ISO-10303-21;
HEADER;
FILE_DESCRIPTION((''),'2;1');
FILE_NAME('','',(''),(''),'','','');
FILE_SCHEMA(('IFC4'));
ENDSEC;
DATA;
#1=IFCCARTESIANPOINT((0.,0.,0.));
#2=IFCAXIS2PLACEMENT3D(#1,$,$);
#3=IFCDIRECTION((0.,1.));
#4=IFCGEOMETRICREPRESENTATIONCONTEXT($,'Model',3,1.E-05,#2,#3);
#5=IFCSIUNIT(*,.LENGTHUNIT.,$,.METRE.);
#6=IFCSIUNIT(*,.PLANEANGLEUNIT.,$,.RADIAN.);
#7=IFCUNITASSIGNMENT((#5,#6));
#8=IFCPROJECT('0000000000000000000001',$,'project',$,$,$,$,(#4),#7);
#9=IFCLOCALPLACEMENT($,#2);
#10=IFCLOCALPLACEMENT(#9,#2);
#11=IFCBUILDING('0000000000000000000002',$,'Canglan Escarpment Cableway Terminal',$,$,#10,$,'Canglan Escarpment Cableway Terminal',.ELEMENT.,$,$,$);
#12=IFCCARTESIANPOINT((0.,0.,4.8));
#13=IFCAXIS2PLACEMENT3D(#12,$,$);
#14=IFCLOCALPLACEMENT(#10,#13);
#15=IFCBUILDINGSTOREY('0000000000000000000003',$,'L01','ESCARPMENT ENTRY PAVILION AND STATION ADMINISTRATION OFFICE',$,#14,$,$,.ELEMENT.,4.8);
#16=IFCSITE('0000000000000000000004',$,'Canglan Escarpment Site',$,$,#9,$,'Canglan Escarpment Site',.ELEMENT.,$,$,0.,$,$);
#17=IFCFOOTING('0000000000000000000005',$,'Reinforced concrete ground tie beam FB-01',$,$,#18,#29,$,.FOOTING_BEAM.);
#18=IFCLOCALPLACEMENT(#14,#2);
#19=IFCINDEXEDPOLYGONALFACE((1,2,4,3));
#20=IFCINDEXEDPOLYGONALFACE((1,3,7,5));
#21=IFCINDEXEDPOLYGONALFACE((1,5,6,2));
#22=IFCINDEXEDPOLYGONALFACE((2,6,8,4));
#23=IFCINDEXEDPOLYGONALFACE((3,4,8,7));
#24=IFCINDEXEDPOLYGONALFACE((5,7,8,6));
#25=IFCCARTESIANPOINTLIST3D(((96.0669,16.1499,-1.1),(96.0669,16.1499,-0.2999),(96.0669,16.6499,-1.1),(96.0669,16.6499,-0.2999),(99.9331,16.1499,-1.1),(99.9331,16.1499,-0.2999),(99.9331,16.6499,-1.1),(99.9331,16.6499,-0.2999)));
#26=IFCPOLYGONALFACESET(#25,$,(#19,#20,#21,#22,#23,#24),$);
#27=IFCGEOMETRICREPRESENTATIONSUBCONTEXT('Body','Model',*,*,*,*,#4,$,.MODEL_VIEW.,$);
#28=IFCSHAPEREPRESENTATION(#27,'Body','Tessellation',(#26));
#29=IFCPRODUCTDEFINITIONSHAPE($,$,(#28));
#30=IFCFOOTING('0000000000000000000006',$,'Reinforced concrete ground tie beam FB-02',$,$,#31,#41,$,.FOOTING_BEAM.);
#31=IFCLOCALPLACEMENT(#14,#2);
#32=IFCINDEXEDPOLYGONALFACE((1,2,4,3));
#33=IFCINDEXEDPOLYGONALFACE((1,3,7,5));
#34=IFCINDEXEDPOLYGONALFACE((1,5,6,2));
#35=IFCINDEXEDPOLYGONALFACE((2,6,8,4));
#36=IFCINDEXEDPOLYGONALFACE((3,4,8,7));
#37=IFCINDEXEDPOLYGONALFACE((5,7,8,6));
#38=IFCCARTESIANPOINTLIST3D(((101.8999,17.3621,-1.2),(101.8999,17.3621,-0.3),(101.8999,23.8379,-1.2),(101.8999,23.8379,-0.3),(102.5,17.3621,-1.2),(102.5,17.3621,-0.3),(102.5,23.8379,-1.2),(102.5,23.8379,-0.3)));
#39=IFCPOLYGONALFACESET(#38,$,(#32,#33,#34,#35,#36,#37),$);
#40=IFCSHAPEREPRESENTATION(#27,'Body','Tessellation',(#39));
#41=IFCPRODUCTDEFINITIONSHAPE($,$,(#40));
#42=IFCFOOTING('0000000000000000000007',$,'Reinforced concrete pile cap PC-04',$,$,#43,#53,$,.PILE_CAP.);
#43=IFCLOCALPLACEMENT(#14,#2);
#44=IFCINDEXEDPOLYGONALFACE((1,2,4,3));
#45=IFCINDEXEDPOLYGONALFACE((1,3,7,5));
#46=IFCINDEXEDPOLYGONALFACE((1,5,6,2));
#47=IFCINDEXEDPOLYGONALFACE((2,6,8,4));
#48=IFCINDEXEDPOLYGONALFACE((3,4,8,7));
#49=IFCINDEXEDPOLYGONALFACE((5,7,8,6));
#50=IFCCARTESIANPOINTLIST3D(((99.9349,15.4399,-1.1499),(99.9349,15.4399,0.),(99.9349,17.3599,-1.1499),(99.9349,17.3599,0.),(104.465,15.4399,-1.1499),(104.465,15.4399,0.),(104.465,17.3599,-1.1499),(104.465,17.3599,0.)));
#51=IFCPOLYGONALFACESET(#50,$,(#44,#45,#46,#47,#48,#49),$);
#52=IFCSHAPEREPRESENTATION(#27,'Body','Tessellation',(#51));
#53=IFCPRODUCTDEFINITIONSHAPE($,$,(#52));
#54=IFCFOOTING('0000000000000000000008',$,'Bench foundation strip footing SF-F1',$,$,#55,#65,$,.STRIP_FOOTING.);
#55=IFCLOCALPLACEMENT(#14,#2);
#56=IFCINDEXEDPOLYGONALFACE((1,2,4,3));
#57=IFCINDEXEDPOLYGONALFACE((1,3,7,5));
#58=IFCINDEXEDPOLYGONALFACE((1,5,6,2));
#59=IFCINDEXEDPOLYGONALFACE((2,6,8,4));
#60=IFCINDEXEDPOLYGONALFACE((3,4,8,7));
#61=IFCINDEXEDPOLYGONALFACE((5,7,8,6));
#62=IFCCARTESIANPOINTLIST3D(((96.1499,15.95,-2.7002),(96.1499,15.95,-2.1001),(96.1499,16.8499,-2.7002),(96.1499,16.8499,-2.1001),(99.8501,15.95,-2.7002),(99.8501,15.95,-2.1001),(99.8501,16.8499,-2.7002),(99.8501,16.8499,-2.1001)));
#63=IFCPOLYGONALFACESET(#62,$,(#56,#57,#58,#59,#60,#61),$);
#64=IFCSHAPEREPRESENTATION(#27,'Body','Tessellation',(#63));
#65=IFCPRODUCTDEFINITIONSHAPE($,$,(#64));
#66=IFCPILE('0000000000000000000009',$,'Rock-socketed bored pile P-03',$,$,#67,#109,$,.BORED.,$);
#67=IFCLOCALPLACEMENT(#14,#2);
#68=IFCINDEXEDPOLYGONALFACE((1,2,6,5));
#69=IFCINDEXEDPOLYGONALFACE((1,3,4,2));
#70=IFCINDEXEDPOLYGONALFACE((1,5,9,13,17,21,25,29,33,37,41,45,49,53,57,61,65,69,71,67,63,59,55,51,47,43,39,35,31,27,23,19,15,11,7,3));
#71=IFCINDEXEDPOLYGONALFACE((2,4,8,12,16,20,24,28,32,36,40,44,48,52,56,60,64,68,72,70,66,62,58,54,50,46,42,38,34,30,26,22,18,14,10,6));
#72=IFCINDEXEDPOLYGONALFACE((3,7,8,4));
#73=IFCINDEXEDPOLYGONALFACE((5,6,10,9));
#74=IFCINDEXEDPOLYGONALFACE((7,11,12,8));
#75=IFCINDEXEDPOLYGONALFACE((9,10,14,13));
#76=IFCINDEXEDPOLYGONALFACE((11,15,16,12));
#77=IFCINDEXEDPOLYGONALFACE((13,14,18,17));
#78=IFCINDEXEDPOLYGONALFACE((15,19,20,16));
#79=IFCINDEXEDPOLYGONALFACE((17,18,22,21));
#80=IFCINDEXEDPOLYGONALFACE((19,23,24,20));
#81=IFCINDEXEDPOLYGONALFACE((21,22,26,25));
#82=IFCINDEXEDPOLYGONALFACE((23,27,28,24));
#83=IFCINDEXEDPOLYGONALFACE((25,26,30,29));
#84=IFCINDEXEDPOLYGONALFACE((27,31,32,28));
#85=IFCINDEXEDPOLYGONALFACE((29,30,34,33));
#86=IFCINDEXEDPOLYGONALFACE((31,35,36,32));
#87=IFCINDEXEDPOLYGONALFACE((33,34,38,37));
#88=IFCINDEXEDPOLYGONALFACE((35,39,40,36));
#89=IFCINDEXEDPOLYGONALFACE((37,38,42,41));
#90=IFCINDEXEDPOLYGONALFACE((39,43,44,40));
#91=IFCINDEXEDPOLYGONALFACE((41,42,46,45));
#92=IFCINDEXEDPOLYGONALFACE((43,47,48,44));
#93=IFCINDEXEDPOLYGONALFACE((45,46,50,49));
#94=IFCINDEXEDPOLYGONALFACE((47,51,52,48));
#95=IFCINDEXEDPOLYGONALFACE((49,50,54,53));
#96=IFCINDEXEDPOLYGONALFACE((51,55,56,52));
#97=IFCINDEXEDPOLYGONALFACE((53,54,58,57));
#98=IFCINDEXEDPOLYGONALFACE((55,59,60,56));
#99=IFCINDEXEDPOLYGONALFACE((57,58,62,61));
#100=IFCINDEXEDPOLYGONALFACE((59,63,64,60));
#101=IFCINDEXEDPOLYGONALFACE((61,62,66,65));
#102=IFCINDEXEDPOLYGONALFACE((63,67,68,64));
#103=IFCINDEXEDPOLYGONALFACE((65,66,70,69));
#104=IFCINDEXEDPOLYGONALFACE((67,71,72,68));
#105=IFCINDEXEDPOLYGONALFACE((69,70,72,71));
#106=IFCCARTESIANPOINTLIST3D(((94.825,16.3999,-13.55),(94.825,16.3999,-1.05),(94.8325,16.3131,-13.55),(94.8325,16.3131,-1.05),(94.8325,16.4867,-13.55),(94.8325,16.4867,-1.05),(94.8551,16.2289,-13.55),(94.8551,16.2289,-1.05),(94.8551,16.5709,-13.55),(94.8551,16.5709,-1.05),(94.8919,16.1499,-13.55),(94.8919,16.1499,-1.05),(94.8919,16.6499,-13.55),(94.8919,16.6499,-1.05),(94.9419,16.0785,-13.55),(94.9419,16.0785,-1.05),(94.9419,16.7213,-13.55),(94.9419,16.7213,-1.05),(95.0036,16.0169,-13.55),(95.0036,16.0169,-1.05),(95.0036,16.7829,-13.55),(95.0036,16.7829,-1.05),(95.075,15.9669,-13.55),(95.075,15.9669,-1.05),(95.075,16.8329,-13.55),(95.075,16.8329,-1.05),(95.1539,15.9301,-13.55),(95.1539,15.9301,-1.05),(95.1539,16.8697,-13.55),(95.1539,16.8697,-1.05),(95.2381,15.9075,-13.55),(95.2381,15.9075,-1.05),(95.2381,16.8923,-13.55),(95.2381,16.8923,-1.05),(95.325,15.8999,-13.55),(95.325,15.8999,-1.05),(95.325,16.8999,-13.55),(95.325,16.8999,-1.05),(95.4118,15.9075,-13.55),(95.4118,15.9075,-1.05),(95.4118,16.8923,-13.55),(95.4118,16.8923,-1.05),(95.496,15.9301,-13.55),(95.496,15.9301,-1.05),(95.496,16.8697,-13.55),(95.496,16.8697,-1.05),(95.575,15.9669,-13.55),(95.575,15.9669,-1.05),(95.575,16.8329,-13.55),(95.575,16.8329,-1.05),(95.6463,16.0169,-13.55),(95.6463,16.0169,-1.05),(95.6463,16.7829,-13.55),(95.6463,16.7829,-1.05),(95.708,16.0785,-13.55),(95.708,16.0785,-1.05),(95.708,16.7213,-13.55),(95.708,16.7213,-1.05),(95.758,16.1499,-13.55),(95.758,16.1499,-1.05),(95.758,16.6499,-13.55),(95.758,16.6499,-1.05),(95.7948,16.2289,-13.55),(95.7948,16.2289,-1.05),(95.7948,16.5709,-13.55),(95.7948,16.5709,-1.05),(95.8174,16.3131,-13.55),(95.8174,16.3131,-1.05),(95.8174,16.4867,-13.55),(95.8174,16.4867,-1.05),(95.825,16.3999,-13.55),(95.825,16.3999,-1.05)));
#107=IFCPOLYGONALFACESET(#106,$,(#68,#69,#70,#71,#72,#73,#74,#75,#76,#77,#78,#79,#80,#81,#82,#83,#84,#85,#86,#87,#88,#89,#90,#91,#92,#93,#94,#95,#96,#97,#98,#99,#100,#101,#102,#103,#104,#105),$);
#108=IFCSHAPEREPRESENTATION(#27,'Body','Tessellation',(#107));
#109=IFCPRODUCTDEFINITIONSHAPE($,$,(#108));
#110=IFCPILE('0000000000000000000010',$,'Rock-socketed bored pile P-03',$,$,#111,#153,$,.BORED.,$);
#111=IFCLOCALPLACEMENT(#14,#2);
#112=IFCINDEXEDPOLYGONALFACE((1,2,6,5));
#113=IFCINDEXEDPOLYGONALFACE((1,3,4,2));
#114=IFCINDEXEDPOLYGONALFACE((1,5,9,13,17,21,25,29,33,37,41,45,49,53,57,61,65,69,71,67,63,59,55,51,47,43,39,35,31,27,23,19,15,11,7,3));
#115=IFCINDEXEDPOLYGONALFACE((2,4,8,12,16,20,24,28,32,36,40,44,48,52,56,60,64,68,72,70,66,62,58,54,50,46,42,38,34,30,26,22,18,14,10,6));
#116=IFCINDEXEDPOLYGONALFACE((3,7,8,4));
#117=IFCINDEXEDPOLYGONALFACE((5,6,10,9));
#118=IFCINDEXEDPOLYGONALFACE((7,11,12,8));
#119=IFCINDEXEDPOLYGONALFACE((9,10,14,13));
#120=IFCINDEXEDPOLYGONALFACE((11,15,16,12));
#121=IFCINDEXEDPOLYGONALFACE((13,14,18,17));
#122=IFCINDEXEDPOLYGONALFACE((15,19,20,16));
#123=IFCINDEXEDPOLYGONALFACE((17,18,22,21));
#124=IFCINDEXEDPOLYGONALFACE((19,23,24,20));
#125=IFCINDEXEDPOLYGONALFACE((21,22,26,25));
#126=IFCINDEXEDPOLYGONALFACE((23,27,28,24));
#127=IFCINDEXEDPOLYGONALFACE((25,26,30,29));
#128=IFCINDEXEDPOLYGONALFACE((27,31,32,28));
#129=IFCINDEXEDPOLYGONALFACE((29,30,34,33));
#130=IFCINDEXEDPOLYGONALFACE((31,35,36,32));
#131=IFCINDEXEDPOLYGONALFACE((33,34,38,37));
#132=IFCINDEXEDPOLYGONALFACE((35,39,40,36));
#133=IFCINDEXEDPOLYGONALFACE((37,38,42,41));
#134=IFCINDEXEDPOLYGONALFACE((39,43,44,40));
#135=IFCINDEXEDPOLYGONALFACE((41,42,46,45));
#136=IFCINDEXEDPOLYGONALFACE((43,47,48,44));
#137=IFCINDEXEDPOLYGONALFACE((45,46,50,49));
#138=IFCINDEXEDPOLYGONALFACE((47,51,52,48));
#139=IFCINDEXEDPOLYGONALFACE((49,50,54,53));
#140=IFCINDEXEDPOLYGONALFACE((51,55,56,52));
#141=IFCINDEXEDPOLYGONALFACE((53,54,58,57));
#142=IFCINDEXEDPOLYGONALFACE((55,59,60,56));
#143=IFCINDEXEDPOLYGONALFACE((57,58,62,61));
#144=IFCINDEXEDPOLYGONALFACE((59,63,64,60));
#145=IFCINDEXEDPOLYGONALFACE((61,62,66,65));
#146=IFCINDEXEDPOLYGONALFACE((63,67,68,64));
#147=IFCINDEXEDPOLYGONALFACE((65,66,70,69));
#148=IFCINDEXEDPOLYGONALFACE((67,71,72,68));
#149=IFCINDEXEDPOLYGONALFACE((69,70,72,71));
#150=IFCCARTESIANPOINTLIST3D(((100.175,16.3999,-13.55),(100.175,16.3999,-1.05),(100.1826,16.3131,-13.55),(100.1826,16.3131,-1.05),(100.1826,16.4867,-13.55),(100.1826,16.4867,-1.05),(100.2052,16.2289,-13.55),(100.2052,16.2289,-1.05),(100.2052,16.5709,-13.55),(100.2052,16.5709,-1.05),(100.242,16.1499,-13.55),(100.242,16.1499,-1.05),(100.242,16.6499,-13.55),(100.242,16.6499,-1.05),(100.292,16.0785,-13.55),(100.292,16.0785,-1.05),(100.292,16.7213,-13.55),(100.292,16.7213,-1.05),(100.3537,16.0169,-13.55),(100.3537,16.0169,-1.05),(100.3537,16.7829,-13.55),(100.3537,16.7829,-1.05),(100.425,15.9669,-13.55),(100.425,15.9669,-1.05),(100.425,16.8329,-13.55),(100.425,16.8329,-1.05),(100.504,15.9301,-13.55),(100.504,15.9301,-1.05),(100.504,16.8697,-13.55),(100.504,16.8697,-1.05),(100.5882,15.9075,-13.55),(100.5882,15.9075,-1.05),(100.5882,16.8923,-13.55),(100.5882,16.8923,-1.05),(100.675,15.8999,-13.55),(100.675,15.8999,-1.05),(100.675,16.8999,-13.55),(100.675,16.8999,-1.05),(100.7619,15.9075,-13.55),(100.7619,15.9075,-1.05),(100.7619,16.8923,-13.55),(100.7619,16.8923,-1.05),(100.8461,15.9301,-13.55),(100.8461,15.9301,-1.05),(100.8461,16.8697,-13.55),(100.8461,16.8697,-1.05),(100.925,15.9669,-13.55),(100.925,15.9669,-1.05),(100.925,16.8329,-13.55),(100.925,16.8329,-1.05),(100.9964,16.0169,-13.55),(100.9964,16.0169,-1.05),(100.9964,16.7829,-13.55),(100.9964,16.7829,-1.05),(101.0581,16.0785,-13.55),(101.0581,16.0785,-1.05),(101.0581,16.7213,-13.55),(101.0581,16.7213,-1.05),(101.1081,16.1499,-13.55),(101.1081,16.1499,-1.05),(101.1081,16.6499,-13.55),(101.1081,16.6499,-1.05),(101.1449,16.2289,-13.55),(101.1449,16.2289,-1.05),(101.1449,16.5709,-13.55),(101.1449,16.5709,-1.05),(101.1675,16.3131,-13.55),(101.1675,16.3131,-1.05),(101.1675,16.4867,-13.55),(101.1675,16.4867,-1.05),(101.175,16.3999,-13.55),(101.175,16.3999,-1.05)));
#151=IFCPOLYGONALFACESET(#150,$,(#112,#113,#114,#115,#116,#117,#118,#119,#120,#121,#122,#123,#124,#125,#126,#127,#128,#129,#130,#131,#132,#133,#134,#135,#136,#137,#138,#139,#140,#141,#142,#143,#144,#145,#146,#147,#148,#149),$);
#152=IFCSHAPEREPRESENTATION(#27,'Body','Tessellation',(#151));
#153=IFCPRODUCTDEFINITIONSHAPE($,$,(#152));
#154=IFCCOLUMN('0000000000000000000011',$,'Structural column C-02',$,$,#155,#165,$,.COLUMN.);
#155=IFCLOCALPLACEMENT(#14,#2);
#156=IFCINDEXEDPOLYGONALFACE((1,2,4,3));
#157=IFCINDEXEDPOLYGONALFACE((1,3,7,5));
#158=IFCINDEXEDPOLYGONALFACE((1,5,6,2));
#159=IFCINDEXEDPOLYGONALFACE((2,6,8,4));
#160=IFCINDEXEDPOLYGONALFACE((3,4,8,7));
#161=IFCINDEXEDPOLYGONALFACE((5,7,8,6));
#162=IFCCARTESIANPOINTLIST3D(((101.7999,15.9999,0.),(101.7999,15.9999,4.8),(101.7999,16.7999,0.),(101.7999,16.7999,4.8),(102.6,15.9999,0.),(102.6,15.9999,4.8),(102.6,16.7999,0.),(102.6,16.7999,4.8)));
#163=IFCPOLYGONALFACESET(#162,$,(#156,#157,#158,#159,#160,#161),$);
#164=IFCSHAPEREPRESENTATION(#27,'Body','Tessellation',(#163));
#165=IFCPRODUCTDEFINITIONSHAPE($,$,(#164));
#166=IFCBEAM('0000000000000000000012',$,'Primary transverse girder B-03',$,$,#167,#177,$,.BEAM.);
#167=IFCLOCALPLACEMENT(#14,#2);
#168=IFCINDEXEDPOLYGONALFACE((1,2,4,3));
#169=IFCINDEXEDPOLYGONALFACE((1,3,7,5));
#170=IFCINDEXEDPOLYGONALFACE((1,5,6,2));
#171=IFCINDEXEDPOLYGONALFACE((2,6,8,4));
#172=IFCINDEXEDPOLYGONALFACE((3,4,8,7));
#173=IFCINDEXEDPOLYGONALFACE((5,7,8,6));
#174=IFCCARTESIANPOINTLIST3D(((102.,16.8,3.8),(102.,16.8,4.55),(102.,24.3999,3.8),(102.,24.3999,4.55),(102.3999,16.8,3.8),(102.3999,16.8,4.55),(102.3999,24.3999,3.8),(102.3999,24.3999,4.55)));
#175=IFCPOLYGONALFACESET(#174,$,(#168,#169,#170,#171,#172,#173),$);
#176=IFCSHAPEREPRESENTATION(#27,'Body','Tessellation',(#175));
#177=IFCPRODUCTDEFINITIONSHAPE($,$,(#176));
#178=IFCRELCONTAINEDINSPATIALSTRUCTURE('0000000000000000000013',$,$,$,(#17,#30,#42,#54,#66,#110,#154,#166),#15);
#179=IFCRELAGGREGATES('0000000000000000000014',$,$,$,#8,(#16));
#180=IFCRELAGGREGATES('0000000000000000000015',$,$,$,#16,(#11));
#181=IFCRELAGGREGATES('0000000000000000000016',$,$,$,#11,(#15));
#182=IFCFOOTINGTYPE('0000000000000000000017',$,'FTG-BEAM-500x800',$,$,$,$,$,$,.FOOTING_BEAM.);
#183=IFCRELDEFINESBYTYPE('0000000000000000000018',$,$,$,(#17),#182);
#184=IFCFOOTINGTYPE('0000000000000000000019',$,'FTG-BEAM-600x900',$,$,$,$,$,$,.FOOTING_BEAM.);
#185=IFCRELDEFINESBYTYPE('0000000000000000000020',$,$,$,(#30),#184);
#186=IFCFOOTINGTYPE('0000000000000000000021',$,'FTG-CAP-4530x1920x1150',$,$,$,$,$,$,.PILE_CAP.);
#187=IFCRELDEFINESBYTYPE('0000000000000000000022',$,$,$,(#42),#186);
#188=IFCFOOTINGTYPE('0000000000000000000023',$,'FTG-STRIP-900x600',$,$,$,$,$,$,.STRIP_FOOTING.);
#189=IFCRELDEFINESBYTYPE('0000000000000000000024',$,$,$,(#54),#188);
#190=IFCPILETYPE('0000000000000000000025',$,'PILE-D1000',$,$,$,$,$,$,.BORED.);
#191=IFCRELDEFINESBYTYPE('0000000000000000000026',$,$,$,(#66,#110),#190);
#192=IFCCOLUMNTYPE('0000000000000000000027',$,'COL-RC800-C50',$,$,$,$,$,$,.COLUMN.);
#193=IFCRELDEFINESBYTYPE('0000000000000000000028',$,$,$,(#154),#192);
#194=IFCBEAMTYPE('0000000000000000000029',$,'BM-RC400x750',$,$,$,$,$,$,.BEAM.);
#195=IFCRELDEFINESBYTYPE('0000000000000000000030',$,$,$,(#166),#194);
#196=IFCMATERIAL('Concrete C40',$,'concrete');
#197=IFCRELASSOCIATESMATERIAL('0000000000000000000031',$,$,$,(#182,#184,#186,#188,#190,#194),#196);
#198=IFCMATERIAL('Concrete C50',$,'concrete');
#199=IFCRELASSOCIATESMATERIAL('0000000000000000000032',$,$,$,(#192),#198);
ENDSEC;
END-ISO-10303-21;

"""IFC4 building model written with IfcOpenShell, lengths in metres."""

from ifc_helpers import new_model, si_unit, direction, frame, origin, origin_2d, place, context, subcontext, project, spatial, rectangle, circle, extrude, material, material_profile, profile_set, type_object, element, save


model = new_model("IFC4")

# Units and contexts
model_context = context("Model", 3, precision=1e-05, world=origin(), true_north=direction((0.0, 1.0)))
body_context = subcontext(model_context, "Body", "Model", "MODEL_VIEW")
ifc_project = project(units=[si_unit("LENGTHUNIT", "METRE"), si_unit("PLANEANGLEUNIT", "RADIAN")], contexts=[model_context])

# Site, building, storey
site_placement = place(None, origin())
site = spatial("IfcSite", under=ifc_project, at=site_placement, Name="Canglan Escarpment Site", LongName="Canglan Escarpment Site", CompositionType="ELEMENT", RefElevation=0.0)
building_placement = place(site_placement, origin())
building = spatial("IfcBuilding", under=site, at=building_placement, Name="Canglan Escarpment Cableway Terminal", LongName="Canglan Escarpment Cableway Terminal", CompositionType="ELEMENT")
storey_placement = place(building_placement, frame((0.0, 0.0, 4.8)))
storey = spatial("IfcBuildingStorey", under=building, at=storey_placement, Name="L01", Description="ESCARPMENT ENTRY PAVILION AND STATION ADMINISTRATION OFFICE", CompositionType="ELEMENT", Elevation=4.8)

# Footings
ifc_material_1 = material(Name="Concrete C40", Category="concrete")
ifc_material_profile_1 = material_profile(ifc_material_1, rectangle(XDim=0.5, YDim=0.8, at=origin_2d()), Name="FB 500x800")
ifc_profile_set_1 = profile_set([ifc_material_profile_1], Name="Concrete C40")
footing_type_1 = type_object("IfcFootingType", Name="FTG-BEAM-500x800", PredefinedType="FOOTING_BEAM", material=ifc_profile_set_1)
footing_1_placement = place(storey_placement, frame((96.0669, 16.3999, -0.7), z_axis=(1.0, 0.0, 0.0), x_axis=(0.0, 1.0, 0.0)))
element("IfcFooting", 1, at=footing_1_placement, inside=storey, type_object=footing_type_1, Name="Reinforced concrete ground tie beam FB-01", PredefinedType="FOOTING_BEAM", context=body_context, shape_type="SweptSolid", body=[
    extrude(rectangle(XDim=0.5, YDim=0.8, at=origin_2d()), origin(), (0.0, 0.0, 1.0), 3.8662),
])
ifc_material_profile_2 = material_profile(ifc_material_1, rectangle(XDim=0.6001, YDim=0.8999, at=origin_2d()), Name="FB 600x900")
ifc_profile_set_2 = profile_set([ifc_material_profile_2], Name="Concrete C40")
footing_type_2 = type_object("IfcFootingType", Name="FTG-BEAM-600x900", PredefinedType="FOOTING_BEAM", material=ifc_profile_set_2)
footing_2_placement = place(storey_placement, frame((102.2, 17.3621, -0.75), z_axis=(0.0, 1.0, 0.0), x_axis=(-1.0, 0.0, 0.0)))
element("IfcFooting", 2, at=footing_2_placement, inside=storey, type_object=footing_type_2, Name="Reinforced concrete ground tie beam FB-02", PredefinedType="FOOTING_BEAM", context=body_context, shape_type="SweptSolid", body=[
    extrude(rectangle(XDim=0.6001, YDim=0.8999, at=origin_2d()), origin(), (0.0, 0.0, 1.0), 6.4758),
])
footing_type_3 = type_object("IfcFootingType", Name="FTG-CAP-4530x1920x1150", PredefinedType="PILE_CAP", material=ifc_material_1)
footing_3_placement = place(storey_placement, frame((102.2, 16.3999, -1.1499), z_axis=(0.0, 0.0, 1.0), x_axis=(1.0, 0.0, 0.0)))
element("IfcFooting", 3, at=footing_3_placement, inside=storey, type_object=footing_type_3, Name="Reinforced concrete pile cap PC-04", PredefinedType="PILE_CAP", context=body_context, shape_type="SweptSolid", body=[
    extrude(rectangle(XDim=4.53, YDim=1.9199, at=origin_2d()), origin(), (0.0, 0.0, 1.0), 1.1499),
])
ifc_material_profile_3 = material_profile(ifc_material_1, rectangle(XDim=0.8999, YDim=0.6001, at=origin_2d()), Name="SF 900x600")
ifc_profile_set_3 = profile_set([ifc_material_profile_3], Name="Concrete C40")
footing_type_4 = type_object("IfcFootingType", Name="FTG-STRIP-900x600", PredefinedType="STRIP_FOOTING", material=ifc_profile_set_3)
footing_4_placement = place(storey_placement, frame((96.1499, 16.3999, -2.4001), z_axis=(1.0, 0.0, 0.0), x_axis=(0.0, 1.0, 0.0)))
element("IfcFooting", 4, at=footing_4_placement, inside=storey, type_object=footing_type_4, Name="Bench foundation strip footing SF-F1", PredefinedType="STRIP_FOOTING", context=body_context, shape_type="SweptSolid", body=[
    extrude(rectangle(XDim=0.8999, YDim=0.6001, at=origin_2d()), origin(), (0.0, 0.0, 1.0), 3.7002),
])

# Piles
ifc_material_profile_4 = material_profile(ifc_material_1, circle(Radius=0.5, at=origin_2d()), Name="BORED PILE D1000")
ifc_profile_set_4 = profile_set([ifc_material_profile_4], Name="Concrete C40")
pile_type = type_object("IfcPileType", Name="PILE-D1000", PredefinedType="BORED", material=ifc_profile_set_4)
for number, where, z_axis, x_axis, name in (
    (5, (95.325, 16.3999, -1.05), (0.0, 0.0, -1.0), (1.0, 0.0, 0.0), "Rock-socketed bored pile P-03"),
    (6, (100.675, 16.3999, -1.05), (0.0, 0.0, -1.0), (1.0, 0.0, 0.0), "Rock-socketed bored pile P-03"),
):
    element("IfcPile", number, at=place(storey_placement, frame(where, z_axis=z_axis, x_axis=x_axis)), inside=storey, type_object=pile_type, Name=name, PredefinedType="BORED", context=body_context, shape_type="SweptSolid", body=[
        extrude(circle(Radius=0.5, at=origin_2d()), origin(), (0.0, 0.0, 1.0), 12.5),
    ])

# Column
ifc_material_2 = material(Name="Concrete C50", Category="concrete")
ifc_material_profile_5 = material_profile(ifc_material_2, rectangle(XDim=0.8, YDim=0.8, at=origin_2d()), Name="RC 800x800")
ifc_profile_set_5 = profile_set([ifc_material_profile_5], Name="Concrete C50")
column_type = type_object("IfcColumnType", Name="COL-RC800-C50", PredefinedType="COLUMN", material=ifc_profile_set_5)
column_placement = place(storey_placement, frame((102.2, 16.3999, 0.0), z_axis=(0.0, 0.0, 1.0), x_axis=(1.0, 0.0, 0.0)))
element("IfcColumn", 7, at=column_placement, inside=storey, type_object=column_type, Name="Structural column C-02", PredefinedType="COLUMN", context=body_context, shape_type="SweptSolid", body=[
    extrude(rectangle(XDim=0.8, YDim=0.8, at=origin_2d()), origin(), (0.0, 0.0, 1.0), 4.8),
])

# Beam
ifc_material_profile_6 = material_profile(ifc_material_1, rectangle(XDim=0.3999, YDim=0.75, at=origin_2d()), Name="RC 400x750")
ifc_profile_set_6 = profile_set([ifc_material_profile_6], Name="Concrete C40")
beam_type_1 = type_object("IfcBeamType", Name="BM-RC400x750", PredefinedType="BEAM", material=ifc_profile_set_6)
beam_1_placement = place(storey_placement, frame((102.2, 16.8, 4.175), z_axis=(0.0, 1.0, 0.0), x_axis=(-1.0, 0.0, 0.0)))
element("IfcBeam", 8, at=beam_1_placement, inside=storey, type_object=beam_type_1, Name="Primary transverse girder B-03", PredefinedType="BEAM", context=body_context, shape_type="SweptSolid", body=[
    extrude(rectangle(XDim=0.3999, YDim=0.75, at=origin_2d()), origin(), (0.0, 0.0, 1.0), 7.5999),
])

save(model, "model.ifc")
